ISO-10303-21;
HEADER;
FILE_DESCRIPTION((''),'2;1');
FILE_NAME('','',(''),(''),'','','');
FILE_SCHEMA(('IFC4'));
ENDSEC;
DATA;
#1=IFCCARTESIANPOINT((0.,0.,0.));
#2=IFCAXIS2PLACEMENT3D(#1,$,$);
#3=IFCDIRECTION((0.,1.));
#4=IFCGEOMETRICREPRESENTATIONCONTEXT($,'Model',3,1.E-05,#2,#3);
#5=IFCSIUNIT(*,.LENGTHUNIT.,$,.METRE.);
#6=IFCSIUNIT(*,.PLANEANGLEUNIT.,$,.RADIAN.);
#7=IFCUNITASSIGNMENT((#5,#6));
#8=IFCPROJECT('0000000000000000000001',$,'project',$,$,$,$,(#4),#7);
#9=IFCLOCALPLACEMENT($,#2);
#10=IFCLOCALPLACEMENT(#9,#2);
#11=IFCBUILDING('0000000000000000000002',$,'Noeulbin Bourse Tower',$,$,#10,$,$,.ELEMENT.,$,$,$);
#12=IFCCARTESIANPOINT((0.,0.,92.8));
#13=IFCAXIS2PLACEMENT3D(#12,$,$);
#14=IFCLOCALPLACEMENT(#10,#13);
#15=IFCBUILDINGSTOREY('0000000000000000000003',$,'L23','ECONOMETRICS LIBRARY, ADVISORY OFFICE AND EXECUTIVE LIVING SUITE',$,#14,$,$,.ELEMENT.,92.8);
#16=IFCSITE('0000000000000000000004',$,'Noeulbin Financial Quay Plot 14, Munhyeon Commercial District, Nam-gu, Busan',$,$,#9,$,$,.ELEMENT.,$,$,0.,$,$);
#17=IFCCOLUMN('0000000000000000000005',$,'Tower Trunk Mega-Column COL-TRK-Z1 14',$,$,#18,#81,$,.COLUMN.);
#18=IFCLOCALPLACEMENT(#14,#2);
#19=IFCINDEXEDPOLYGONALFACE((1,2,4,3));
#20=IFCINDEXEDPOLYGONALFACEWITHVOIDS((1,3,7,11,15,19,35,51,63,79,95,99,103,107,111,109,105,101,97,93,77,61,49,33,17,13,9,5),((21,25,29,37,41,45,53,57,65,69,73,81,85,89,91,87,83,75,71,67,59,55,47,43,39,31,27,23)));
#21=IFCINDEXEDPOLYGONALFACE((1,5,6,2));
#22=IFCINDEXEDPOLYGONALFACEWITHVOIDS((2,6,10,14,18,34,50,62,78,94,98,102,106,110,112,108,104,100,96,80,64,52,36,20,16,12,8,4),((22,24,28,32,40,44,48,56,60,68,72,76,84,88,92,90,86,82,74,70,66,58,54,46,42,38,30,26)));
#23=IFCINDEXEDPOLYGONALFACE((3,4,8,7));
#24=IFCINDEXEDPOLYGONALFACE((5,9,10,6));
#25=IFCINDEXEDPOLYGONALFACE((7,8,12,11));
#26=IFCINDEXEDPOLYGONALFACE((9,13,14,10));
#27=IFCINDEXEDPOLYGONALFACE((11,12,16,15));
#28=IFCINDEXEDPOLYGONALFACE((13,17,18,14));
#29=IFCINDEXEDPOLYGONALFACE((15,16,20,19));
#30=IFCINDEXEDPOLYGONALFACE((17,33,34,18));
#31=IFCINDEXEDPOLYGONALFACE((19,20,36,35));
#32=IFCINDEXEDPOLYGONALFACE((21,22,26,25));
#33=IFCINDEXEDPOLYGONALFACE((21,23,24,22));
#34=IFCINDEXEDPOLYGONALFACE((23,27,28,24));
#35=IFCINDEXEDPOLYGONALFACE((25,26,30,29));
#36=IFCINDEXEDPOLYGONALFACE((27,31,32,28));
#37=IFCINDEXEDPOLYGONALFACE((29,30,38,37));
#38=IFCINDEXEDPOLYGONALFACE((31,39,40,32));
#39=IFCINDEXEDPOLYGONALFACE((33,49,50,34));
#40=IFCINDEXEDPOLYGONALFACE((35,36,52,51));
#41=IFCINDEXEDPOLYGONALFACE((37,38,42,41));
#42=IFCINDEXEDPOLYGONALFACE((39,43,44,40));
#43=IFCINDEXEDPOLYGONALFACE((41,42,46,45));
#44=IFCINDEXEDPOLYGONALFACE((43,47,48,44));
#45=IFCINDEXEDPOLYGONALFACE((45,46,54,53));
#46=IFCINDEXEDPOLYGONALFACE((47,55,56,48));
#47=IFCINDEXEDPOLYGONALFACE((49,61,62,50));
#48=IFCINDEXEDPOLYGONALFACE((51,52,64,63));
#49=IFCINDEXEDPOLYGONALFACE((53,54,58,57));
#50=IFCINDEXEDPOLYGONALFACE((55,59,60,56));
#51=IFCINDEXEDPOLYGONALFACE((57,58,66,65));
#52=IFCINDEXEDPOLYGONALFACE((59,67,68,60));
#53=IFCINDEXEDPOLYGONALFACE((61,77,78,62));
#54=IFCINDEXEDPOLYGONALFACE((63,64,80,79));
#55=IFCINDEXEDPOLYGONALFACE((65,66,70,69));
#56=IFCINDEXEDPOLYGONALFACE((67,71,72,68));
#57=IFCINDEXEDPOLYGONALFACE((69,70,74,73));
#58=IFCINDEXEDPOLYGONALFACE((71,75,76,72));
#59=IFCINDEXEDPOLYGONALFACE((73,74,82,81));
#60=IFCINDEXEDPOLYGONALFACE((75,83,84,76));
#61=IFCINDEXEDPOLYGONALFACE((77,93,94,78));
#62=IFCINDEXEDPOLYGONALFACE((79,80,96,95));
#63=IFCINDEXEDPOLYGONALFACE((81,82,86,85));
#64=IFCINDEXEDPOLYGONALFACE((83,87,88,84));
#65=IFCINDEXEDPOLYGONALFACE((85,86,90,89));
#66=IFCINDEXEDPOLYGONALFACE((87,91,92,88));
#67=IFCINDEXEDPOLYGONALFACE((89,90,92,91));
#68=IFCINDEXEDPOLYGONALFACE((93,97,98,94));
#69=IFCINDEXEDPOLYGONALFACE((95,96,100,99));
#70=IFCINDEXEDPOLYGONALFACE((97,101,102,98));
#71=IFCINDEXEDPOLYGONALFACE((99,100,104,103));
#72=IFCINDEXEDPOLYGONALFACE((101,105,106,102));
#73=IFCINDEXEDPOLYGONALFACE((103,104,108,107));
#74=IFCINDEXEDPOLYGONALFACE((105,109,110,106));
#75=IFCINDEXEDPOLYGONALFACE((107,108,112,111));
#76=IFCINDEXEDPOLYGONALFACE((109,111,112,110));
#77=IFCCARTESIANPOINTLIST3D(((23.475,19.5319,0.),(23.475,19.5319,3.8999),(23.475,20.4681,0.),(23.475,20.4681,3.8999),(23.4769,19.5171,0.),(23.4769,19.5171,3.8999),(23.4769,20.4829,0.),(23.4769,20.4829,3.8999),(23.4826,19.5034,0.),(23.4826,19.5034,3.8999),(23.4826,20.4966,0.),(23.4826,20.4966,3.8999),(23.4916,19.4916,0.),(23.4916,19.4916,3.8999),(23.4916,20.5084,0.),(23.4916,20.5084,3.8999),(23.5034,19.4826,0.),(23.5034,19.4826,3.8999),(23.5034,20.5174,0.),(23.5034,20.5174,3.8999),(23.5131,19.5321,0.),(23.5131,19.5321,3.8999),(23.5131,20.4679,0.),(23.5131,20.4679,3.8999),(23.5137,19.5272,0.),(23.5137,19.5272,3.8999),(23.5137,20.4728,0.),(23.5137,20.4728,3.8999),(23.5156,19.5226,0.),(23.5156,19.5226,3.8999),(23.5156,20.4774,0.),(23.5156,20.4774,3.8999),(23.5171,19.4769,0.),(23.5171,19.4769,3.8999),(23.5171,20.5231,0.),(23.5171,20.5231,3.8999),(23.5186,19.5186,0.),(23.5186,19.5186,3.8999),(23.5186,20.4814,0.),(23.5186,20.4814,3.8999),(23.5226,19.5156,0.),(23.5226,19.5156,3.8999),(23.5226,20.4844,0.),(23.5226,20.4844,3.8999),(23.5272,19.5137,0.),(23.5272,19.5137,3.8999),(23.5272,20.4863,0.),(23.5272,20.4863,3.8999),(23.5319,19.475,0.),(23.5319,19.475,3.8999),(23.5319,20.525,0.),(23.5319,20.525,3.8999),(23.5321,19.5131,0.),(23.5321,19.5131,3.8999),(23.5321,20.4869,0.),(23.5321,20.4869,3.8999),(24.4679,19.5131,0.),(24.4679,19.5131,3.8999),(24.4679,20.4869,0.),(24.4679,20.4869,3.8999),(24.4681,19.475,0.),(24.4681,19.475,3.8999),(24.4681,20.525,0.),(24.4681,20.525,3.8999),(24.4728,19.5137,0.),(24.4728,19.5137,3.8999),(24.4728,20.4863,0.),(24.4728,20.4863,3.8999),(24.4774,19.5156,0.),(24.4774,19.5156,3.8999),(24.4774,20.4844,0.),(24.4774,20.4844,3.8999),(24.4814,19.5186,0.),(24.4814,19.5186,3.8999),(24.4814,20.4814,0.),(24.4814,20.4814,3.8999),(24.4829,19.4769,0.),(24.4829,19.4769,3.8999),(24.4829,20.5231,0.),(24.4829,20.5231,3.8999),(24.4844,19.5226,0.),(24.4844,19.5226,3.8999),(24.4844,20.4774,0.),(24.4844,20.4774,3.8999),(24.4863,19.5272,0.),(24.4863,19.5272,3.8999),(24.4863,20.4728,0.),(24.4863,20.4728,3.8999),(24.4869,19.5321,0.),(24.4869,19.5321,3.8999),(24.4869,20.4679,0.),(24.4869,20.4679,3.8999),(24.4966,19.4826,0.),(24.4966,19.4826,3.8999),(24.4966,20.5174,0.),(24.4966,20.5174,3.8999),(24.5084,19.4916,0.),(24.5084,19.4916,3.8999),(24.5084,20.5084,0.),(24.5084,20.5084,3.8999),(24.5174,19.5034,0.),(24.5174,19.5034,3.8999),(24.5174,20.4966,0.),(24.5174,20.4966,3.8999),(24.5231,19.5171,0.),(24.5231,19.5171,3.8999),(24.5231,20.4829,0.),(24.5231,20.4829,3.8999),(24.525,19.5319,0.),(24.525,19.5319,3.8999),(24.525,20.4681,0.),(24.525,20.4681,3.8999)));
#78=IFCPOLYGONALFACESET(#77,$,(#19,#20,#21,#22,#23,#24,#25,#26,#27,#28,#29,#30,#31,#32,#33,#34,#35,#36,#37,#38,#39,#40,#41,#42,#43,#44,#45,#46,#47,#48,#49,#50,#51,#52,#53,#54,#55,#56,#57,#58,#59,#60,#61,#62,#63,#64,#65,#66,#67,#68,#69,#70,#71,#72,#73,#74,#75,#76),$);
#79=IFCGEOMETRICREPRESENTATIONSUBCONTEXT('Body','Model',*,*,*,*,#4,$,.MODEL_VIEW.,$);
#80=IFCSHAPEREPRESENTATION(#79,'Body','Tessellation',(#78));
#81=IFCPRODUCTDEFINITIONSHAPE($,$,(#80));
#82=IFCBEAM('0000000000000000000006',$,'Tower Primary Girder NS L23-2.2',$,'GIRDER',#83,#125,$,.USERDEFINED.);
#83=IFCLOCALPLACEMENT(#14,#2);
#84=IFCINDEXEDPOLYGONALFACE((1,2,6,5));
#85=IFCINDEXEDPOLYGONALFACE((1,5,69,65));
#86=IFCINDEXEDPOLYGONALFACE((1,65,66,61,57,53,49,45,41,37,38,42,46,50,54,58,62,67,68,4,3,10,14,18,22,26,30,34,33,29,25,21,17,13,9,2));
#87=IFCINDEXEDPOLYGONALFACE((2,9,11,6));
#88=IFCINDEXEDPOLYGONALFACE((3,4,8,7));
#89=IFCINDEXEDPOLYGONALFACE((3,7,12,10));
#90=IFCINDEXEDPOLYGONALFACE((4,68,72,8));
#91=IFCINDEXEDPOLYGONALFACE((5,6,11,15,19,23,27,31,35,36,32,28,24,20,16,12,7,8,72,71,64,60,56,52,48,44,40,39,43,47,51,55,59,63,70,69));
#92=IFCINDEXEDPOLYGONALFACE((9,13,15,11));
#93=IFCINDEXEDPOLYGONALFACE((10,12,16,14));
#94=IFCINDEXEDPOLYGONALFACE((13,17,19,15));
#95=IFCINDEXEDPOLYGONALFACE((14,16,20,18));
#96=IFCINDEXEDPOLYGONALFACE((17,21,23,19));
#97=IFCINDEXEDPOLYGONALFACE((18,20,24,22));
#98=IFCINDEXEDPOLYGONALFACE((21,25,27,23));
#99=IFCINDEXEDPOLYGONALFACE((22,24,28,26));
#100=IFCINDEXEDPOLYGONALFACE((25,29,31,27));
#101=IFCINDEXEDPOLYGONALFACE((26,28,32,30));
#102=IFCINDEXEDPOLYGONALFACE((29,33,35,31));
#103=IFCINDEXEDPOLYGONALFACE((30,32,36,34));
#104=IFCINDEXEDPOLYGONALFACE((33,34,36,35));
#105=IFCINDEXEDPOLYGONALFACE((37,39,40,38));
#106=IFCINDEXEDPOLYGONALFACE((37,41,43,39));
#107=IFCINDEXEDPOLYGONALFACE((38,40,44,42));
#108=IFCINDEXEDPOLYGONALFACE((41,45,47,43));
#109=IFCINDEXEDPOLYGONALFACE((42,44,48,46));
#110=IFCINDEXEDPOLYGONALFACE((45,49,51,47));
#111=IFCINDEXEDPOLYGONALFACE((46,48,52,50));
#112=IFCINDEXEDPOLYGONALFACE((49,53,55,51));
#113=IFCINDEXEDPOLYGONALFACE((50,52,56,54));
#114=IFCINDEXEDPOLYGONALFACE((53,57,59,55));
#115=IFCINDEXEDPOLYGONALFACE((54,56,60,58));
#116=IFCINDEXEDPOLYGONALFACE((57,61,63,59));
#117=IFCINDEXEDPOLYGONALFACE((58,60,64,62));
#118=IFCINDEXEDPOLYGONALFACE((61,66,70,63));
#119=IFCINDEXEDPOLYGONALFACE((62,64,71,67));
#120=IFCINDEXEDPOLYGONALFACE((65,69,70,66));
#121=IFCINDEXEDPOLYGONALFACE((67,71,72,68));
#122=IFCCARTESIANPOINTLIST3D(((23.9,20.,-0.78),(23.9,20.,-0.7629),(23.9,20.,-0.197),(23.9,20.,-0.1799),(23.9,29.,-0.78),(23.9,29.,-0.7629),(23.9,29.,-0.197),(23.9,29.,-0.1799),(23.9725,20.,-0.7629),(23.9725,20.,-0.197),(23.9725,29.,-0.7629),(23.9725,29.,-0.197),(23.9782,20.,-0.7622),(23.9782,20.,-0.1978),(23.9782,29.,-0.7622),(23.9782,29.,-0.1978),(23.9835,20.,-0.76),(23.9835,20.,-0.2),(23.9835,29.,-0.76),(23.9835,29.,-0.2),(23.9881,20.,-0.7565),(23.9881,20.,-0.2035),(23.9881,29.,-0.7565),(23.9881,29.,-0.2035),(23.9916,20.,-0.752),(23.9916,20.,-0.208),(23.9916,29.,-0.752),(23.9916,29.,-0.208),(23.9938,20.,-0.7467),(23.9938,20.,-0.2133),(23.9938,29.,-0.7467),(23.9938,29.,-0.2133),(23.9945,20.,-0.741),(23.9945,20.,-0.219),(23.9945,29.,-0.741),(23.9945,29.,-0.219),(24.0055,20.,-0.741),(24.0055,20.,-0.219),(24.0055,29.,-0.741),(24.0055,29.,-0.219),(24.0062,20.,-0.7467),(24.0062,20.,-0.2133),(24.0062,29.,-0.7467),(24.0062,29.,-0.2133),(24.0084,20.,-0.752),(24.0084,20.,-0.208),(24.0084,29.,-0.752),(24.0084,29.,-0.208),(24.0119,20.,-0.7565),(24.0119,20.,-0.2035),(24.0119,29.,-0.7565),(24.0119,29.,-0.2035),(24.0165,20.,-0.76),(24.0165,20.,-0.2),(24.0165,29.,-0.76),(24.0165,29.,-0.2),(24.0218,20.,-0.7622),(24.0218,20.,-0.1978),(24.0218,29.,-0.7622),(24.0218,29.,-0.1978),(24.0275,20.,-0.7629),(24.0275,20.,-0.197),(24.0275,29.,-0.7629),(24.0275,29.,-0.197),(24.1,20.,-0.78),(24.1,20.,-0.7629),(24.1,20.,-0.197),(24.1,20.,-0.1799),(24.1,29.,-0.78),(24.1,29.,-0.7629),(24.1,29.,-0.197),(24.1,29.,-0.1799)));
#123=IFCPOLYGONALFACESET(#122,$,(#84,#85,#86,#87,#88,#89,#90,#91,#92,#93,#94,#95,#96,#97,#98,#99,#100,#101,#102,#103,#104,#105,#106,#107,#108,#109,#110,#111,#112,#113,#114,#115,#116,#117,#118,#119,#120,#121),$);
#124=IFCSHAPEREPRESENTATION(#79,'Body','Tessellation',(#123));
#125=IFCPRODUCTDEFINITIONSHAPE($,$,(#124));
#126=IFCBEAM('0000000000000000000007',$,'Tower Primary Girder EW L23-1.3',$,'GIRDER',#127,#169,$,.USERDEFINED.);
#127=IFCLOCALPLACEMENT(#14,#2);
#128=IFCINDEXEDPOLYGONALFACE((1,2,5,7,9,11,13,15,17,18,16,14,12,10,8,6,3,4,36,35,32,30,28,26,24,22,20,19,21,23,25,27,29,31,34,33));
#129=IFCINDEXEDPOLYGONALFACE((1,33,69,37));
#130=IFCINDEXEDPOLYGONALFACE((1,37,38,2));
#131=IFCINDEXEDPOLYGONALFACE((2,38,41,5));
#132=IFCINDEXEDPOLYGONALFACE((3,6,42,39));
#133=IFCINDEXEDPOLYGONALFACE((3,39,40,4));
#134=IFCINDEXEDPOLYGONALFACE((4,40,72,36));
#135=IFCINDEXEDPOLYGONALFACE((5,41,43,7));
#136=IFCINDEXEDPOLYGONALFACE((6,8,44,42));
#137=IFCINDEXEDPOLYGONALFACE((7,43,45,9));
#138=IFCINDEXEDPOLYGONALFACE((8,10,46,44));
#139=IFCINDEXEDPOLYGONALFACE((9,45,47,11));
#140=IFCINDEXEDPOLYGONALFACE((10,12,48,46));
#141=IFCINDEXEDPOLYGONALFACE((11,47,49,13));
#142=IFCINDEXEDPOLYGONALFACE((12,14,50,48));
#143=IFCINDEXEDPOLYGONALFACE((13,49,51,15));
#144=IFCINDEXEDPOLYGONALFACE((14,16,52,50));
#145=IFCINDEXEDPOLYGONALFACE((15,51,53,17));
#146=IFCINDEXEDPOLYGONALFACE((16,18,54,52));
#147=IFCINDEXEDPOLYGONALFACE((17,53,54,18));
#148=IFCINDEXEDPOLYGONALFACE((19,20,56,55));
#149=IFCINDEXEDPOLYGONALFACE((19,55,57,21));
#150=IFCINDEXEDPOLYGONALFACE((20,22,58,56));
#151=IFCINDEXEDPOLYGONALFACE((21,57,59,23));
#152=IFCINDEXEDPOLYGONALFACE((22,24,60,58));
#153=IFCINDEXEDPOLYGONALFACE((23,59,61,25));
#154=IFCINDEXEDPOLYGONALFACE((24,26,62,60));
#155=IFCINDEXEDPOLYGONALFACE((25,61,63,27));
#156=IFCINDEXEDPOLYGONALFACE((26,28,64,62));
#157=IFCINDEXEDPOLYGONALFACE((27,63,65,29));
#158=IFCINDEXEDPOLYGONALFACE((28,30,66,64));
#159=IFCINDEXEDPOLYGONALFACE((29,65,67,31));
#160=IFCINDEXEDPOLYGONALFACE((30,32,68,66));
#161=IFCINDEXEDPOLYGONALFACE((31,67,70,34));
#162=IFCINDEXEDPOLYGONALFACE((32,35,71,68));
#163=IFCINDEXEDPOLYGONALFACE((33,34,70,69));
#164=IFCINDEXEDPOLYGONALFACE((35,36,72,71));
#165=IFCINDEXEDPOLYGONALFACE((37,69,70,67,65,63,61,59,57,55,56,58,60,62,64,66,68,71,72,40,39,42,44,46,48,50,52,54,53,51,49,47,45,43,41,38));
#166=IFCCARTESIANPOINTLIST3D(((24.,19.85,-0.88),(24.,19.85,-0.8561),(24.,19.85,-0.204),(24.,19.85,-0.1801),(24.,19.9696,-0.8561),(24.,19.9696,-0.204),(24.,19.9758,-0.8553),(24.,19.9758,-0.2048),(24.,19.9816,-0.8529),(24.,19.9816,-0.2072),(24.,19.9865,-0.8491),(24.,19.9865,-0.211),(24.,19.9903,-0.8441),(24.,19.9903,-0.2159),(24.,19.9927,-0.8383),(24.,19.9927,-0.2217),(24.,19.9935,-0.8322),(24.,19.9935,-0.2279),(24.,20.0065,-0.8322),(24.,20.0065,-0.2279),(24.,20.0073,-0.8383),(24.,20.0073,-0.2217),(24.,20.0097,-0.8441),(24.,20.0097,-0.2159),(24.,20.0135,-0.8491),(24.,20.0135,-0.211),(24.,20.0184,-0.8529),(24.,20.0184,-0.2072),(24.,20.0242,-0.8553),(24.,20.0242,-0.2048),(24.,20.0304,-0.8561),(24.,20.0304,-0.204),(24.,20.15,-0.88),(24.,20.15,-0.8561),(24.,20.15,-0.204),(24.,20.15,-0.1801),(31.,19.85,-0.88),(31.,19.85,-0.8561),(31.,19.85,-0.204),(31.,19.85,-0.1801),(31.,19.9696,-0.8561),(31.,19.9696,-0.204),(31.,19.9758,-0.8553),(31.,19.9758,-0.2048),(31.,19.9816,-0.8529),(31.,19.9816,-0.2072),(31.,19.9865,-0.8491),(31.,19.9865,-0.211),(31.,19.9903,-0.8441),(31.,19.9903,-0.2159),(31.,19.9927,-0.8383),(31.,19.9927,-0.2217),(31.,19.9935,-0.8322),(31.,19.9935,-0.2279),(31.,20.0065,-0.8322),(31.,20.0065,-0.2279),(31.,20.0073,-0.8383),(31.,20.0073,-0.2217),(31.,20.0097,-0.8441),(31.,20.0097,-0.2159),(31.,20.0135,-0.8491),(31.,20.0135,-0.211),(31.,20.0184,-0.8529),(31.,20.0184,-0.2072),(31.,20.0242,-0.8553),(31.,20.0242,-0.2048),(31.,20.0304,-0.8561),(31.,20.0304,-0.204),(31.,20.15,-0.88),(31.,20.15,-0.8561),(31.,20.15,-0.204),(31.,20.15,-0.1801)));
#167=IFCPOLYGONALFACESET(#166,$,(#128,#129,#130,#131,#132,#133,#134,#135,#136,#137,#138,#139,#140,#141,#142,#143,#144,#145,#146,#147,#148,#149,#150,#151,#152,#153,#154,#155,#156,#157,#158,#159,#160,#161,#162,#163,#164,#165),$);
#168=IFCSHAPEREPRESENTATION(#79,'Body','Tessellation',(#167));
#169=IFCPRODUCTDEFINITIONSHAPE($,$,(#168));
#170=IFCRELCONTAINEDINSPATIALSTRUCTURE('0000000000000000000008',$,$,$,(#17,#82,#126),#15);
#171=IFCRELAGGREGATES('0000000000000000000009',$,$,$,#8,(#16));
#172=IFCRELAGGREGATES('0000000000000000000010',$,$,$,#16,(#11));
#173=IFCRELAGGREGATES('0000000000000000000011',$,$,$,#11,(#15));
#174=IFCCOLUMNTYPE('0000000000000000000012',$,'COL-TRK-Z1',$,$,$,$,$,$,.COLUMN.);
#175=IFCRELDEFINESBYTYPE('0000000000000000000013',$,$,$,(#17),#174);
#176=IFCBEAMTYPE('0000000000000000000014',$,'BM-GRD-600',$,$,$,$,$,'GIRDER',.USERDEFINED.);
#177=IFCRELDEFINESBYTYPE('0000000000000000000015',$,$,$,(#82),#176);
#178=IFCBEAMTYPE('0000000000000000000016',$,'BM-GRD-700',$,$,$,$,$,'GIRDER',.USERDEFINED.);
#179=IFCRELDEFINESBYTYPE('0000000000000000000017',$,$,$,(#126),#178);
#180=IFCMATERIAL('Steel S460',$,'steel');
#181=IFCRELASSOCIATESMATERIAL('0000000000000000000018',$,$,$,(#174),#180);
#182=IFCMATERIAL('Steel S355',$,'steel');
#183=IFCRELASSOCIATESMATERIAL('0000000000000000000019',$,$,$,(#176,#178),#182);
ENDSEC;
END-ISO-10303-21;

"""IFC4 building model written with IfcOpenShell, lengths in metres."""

from ifc_helpers import new_model, si_unit, direction, frame, origin, origin_2d, place, context, subcontext, project, spatial, hollow_rectangle, i_section, extrude, material, material_profile, profile_set, type_object, element, save


model = new_model("IFC4")

# Units and contexts
model_context = context("Model", 3, precision=1e-05, world=origin(), true_north=direction((0.0, 1.0)))
body_context = subcontext(model_context, "Body", "Model", "MODEL_VIEW")
ifc_project = project(units=[si_unit("LENGTHUNIT", "METRE"), si_unit("PLANEANGLEUNIT", "RADIAN")], contexts=[model_context])

# Site, building, storey
site_placement = place(None, origin())
site = spatial("IfcSite", under=ifc_project, at=site_placement, Name="Noeulbin Financial Quay Plot 14, Munhyeon Commercial District, Nam-gu, Busan", CompositionType="ELEMENT", RefElevation=0.0)
building_placement = place(site_placement, origin())
building = spatial("IfcBuilding", under=site, at=building_placement, Name="Noeulbin Bourse Tower", CompositionType="ELEMENT")
storey_placement = place(building_placement, frame((0.0, 0.0, 92.8)))
storey = spatial("IfcBuildingStorey", under=building, at=storey_placement, Name="L23", Description="ECONOMETRICS LIBRARY, ADVISORY OFFICE AND EXECUTIVE LIVING SUITE", CompositionType="ELEMENT", Elevation=92.8)

# Column
ifc_material_1 = material(Name="Steel S460", Category="steel")
ifc_material_profile_1 = material_profile(ifc_material_1, hollow_rectangle(XDim=1.05, YDim=1.05, WallThickness=0.0381, InnerFilletRadius=0.019, OuterFilletRadius=0.0569, at=origin_2d()), Name="BOX-1050x1050x38", Category="LoadBearing")
ifc_profile_set_1 = profile_set([ifc_material_profile_1], Name="Steel S460")
column_type = type_object("IfcColumnType", Name="COL-TRK-Z1", PredefinedType="COLUMN", material=ifc_profile_set_1)
column_placement = place(storey_placement, frame((24.0, 20.0, 0.0), z_axis=(0.0, 0.0, 1.0), x_axis=(1.0, 0.0, 0.0)))
element("IfcColumn", 1, at=column_placement, inside=storey, type_object=column_type, Name="Tower Trunk Mega-Column COL-TRK-Z1 14", PredefinedType="COLUMN", context=body_context, shape_type="SweptSolid", body=[
    extrude(hollow_rectangle(XDim=1.05, YDim=1.05, WallThickness=0.0381, InnerFilletRadius=0.019, OuterFilletRadius=0.0569, at=origin_2d()), origin(), (0.0, 0.0, 1.0), 3.8999),
])

# Beams
ifc_material_2 = material(Name="Steel S355", Category="steel")
ifc_material_profile_2 = material_profile(ifc_material_2, i_section(OverallWidth=0.2, OverallDepth=0.6001, WebThickness=0.011, FlangeThickness=0.0171, FilletRadius=0.022, at=origin_2d()), Name="H-600x200x11x17", Category="LoadBearing")
ifc_profile_set_2 = profile_set([ifc_material_profile_2], Name="Steel S355")
beam_type_1 = type_object("IfcBeamType", Name="BM-GRD-600", ElementType="GIRDER", PredefinedType="USERDEFINED", material=ifc_profile_set_2)
beam_1_placement = place(storey_placement, frame((24.0, 20.0, -0.48), z_axis=(0.0, 1.0, 0.0), x_axis=(-1.0, 0.0, 0.0)))
element("IfcBeam", 2, at=beam_1_placement, inside=storey, type_object=beam_type_1, Name="Tower Primary Girder NS L23-2.2", ObjectType="GIRDER", PredefinedType="USERDEFINED", context=body_context, shape_type="SweptSolid", body=[
    extrude(i_section(OverallWidth=0.2, OverallDepth=0.6001, WebThickness=0.011, FlangeThickness=0.0171, FilletRadius=0.022, at=origin_2d()), origin(), (0.0, 0.0, 1.0), 9.0),
])
ifc_material_profile_3 = material_profile(ifc_material_2, i_section(OverallWidth=0.3, OverallDepth=0.7, WebThickness=0.0129, FlangeThickness=0.0239, FilletRadius=0.0239, at=origin_2d()), Name="H-700x300x13x24", Category="LoadBearing")
ifc_profile_set_3 = profile_set([ifc_material_profile_3], Name="Steel S355")
beam_type_2 = type_object("IfcBeamType", Name="BM-GRD-700", ElementType="GIRDER", PredefinedType="USERDEFINED", material=ifc_profile_set_3)
beam_2_placement = place(storey_placement, frame((24.0, 20.0, -0.53), z_axis=(1.0, 0.0, 0.0), x_axis=(0.0, 1.0, 0.0)))
element("IfcBeam", 3, at=beam_2_placement, inside=storey, type_object=beam_type_2, Name="Tower Primary Girder EW L23-1.3", ObjectType="GIRDER", PredefinedType="USERDEFINED", context=body_context, shape_type="SweptSolid", body=[
    extrude(i_section(OverallWidth=0.3, OverallDepth=0.7, WebThickness=0.0129, FlangeThickness=0.0239, FilletRadius=0.0239, at=origin_2d()), origin(), (0.0, 0.0, 1.0), 7.0),
])

save(model, "model.ifc")
